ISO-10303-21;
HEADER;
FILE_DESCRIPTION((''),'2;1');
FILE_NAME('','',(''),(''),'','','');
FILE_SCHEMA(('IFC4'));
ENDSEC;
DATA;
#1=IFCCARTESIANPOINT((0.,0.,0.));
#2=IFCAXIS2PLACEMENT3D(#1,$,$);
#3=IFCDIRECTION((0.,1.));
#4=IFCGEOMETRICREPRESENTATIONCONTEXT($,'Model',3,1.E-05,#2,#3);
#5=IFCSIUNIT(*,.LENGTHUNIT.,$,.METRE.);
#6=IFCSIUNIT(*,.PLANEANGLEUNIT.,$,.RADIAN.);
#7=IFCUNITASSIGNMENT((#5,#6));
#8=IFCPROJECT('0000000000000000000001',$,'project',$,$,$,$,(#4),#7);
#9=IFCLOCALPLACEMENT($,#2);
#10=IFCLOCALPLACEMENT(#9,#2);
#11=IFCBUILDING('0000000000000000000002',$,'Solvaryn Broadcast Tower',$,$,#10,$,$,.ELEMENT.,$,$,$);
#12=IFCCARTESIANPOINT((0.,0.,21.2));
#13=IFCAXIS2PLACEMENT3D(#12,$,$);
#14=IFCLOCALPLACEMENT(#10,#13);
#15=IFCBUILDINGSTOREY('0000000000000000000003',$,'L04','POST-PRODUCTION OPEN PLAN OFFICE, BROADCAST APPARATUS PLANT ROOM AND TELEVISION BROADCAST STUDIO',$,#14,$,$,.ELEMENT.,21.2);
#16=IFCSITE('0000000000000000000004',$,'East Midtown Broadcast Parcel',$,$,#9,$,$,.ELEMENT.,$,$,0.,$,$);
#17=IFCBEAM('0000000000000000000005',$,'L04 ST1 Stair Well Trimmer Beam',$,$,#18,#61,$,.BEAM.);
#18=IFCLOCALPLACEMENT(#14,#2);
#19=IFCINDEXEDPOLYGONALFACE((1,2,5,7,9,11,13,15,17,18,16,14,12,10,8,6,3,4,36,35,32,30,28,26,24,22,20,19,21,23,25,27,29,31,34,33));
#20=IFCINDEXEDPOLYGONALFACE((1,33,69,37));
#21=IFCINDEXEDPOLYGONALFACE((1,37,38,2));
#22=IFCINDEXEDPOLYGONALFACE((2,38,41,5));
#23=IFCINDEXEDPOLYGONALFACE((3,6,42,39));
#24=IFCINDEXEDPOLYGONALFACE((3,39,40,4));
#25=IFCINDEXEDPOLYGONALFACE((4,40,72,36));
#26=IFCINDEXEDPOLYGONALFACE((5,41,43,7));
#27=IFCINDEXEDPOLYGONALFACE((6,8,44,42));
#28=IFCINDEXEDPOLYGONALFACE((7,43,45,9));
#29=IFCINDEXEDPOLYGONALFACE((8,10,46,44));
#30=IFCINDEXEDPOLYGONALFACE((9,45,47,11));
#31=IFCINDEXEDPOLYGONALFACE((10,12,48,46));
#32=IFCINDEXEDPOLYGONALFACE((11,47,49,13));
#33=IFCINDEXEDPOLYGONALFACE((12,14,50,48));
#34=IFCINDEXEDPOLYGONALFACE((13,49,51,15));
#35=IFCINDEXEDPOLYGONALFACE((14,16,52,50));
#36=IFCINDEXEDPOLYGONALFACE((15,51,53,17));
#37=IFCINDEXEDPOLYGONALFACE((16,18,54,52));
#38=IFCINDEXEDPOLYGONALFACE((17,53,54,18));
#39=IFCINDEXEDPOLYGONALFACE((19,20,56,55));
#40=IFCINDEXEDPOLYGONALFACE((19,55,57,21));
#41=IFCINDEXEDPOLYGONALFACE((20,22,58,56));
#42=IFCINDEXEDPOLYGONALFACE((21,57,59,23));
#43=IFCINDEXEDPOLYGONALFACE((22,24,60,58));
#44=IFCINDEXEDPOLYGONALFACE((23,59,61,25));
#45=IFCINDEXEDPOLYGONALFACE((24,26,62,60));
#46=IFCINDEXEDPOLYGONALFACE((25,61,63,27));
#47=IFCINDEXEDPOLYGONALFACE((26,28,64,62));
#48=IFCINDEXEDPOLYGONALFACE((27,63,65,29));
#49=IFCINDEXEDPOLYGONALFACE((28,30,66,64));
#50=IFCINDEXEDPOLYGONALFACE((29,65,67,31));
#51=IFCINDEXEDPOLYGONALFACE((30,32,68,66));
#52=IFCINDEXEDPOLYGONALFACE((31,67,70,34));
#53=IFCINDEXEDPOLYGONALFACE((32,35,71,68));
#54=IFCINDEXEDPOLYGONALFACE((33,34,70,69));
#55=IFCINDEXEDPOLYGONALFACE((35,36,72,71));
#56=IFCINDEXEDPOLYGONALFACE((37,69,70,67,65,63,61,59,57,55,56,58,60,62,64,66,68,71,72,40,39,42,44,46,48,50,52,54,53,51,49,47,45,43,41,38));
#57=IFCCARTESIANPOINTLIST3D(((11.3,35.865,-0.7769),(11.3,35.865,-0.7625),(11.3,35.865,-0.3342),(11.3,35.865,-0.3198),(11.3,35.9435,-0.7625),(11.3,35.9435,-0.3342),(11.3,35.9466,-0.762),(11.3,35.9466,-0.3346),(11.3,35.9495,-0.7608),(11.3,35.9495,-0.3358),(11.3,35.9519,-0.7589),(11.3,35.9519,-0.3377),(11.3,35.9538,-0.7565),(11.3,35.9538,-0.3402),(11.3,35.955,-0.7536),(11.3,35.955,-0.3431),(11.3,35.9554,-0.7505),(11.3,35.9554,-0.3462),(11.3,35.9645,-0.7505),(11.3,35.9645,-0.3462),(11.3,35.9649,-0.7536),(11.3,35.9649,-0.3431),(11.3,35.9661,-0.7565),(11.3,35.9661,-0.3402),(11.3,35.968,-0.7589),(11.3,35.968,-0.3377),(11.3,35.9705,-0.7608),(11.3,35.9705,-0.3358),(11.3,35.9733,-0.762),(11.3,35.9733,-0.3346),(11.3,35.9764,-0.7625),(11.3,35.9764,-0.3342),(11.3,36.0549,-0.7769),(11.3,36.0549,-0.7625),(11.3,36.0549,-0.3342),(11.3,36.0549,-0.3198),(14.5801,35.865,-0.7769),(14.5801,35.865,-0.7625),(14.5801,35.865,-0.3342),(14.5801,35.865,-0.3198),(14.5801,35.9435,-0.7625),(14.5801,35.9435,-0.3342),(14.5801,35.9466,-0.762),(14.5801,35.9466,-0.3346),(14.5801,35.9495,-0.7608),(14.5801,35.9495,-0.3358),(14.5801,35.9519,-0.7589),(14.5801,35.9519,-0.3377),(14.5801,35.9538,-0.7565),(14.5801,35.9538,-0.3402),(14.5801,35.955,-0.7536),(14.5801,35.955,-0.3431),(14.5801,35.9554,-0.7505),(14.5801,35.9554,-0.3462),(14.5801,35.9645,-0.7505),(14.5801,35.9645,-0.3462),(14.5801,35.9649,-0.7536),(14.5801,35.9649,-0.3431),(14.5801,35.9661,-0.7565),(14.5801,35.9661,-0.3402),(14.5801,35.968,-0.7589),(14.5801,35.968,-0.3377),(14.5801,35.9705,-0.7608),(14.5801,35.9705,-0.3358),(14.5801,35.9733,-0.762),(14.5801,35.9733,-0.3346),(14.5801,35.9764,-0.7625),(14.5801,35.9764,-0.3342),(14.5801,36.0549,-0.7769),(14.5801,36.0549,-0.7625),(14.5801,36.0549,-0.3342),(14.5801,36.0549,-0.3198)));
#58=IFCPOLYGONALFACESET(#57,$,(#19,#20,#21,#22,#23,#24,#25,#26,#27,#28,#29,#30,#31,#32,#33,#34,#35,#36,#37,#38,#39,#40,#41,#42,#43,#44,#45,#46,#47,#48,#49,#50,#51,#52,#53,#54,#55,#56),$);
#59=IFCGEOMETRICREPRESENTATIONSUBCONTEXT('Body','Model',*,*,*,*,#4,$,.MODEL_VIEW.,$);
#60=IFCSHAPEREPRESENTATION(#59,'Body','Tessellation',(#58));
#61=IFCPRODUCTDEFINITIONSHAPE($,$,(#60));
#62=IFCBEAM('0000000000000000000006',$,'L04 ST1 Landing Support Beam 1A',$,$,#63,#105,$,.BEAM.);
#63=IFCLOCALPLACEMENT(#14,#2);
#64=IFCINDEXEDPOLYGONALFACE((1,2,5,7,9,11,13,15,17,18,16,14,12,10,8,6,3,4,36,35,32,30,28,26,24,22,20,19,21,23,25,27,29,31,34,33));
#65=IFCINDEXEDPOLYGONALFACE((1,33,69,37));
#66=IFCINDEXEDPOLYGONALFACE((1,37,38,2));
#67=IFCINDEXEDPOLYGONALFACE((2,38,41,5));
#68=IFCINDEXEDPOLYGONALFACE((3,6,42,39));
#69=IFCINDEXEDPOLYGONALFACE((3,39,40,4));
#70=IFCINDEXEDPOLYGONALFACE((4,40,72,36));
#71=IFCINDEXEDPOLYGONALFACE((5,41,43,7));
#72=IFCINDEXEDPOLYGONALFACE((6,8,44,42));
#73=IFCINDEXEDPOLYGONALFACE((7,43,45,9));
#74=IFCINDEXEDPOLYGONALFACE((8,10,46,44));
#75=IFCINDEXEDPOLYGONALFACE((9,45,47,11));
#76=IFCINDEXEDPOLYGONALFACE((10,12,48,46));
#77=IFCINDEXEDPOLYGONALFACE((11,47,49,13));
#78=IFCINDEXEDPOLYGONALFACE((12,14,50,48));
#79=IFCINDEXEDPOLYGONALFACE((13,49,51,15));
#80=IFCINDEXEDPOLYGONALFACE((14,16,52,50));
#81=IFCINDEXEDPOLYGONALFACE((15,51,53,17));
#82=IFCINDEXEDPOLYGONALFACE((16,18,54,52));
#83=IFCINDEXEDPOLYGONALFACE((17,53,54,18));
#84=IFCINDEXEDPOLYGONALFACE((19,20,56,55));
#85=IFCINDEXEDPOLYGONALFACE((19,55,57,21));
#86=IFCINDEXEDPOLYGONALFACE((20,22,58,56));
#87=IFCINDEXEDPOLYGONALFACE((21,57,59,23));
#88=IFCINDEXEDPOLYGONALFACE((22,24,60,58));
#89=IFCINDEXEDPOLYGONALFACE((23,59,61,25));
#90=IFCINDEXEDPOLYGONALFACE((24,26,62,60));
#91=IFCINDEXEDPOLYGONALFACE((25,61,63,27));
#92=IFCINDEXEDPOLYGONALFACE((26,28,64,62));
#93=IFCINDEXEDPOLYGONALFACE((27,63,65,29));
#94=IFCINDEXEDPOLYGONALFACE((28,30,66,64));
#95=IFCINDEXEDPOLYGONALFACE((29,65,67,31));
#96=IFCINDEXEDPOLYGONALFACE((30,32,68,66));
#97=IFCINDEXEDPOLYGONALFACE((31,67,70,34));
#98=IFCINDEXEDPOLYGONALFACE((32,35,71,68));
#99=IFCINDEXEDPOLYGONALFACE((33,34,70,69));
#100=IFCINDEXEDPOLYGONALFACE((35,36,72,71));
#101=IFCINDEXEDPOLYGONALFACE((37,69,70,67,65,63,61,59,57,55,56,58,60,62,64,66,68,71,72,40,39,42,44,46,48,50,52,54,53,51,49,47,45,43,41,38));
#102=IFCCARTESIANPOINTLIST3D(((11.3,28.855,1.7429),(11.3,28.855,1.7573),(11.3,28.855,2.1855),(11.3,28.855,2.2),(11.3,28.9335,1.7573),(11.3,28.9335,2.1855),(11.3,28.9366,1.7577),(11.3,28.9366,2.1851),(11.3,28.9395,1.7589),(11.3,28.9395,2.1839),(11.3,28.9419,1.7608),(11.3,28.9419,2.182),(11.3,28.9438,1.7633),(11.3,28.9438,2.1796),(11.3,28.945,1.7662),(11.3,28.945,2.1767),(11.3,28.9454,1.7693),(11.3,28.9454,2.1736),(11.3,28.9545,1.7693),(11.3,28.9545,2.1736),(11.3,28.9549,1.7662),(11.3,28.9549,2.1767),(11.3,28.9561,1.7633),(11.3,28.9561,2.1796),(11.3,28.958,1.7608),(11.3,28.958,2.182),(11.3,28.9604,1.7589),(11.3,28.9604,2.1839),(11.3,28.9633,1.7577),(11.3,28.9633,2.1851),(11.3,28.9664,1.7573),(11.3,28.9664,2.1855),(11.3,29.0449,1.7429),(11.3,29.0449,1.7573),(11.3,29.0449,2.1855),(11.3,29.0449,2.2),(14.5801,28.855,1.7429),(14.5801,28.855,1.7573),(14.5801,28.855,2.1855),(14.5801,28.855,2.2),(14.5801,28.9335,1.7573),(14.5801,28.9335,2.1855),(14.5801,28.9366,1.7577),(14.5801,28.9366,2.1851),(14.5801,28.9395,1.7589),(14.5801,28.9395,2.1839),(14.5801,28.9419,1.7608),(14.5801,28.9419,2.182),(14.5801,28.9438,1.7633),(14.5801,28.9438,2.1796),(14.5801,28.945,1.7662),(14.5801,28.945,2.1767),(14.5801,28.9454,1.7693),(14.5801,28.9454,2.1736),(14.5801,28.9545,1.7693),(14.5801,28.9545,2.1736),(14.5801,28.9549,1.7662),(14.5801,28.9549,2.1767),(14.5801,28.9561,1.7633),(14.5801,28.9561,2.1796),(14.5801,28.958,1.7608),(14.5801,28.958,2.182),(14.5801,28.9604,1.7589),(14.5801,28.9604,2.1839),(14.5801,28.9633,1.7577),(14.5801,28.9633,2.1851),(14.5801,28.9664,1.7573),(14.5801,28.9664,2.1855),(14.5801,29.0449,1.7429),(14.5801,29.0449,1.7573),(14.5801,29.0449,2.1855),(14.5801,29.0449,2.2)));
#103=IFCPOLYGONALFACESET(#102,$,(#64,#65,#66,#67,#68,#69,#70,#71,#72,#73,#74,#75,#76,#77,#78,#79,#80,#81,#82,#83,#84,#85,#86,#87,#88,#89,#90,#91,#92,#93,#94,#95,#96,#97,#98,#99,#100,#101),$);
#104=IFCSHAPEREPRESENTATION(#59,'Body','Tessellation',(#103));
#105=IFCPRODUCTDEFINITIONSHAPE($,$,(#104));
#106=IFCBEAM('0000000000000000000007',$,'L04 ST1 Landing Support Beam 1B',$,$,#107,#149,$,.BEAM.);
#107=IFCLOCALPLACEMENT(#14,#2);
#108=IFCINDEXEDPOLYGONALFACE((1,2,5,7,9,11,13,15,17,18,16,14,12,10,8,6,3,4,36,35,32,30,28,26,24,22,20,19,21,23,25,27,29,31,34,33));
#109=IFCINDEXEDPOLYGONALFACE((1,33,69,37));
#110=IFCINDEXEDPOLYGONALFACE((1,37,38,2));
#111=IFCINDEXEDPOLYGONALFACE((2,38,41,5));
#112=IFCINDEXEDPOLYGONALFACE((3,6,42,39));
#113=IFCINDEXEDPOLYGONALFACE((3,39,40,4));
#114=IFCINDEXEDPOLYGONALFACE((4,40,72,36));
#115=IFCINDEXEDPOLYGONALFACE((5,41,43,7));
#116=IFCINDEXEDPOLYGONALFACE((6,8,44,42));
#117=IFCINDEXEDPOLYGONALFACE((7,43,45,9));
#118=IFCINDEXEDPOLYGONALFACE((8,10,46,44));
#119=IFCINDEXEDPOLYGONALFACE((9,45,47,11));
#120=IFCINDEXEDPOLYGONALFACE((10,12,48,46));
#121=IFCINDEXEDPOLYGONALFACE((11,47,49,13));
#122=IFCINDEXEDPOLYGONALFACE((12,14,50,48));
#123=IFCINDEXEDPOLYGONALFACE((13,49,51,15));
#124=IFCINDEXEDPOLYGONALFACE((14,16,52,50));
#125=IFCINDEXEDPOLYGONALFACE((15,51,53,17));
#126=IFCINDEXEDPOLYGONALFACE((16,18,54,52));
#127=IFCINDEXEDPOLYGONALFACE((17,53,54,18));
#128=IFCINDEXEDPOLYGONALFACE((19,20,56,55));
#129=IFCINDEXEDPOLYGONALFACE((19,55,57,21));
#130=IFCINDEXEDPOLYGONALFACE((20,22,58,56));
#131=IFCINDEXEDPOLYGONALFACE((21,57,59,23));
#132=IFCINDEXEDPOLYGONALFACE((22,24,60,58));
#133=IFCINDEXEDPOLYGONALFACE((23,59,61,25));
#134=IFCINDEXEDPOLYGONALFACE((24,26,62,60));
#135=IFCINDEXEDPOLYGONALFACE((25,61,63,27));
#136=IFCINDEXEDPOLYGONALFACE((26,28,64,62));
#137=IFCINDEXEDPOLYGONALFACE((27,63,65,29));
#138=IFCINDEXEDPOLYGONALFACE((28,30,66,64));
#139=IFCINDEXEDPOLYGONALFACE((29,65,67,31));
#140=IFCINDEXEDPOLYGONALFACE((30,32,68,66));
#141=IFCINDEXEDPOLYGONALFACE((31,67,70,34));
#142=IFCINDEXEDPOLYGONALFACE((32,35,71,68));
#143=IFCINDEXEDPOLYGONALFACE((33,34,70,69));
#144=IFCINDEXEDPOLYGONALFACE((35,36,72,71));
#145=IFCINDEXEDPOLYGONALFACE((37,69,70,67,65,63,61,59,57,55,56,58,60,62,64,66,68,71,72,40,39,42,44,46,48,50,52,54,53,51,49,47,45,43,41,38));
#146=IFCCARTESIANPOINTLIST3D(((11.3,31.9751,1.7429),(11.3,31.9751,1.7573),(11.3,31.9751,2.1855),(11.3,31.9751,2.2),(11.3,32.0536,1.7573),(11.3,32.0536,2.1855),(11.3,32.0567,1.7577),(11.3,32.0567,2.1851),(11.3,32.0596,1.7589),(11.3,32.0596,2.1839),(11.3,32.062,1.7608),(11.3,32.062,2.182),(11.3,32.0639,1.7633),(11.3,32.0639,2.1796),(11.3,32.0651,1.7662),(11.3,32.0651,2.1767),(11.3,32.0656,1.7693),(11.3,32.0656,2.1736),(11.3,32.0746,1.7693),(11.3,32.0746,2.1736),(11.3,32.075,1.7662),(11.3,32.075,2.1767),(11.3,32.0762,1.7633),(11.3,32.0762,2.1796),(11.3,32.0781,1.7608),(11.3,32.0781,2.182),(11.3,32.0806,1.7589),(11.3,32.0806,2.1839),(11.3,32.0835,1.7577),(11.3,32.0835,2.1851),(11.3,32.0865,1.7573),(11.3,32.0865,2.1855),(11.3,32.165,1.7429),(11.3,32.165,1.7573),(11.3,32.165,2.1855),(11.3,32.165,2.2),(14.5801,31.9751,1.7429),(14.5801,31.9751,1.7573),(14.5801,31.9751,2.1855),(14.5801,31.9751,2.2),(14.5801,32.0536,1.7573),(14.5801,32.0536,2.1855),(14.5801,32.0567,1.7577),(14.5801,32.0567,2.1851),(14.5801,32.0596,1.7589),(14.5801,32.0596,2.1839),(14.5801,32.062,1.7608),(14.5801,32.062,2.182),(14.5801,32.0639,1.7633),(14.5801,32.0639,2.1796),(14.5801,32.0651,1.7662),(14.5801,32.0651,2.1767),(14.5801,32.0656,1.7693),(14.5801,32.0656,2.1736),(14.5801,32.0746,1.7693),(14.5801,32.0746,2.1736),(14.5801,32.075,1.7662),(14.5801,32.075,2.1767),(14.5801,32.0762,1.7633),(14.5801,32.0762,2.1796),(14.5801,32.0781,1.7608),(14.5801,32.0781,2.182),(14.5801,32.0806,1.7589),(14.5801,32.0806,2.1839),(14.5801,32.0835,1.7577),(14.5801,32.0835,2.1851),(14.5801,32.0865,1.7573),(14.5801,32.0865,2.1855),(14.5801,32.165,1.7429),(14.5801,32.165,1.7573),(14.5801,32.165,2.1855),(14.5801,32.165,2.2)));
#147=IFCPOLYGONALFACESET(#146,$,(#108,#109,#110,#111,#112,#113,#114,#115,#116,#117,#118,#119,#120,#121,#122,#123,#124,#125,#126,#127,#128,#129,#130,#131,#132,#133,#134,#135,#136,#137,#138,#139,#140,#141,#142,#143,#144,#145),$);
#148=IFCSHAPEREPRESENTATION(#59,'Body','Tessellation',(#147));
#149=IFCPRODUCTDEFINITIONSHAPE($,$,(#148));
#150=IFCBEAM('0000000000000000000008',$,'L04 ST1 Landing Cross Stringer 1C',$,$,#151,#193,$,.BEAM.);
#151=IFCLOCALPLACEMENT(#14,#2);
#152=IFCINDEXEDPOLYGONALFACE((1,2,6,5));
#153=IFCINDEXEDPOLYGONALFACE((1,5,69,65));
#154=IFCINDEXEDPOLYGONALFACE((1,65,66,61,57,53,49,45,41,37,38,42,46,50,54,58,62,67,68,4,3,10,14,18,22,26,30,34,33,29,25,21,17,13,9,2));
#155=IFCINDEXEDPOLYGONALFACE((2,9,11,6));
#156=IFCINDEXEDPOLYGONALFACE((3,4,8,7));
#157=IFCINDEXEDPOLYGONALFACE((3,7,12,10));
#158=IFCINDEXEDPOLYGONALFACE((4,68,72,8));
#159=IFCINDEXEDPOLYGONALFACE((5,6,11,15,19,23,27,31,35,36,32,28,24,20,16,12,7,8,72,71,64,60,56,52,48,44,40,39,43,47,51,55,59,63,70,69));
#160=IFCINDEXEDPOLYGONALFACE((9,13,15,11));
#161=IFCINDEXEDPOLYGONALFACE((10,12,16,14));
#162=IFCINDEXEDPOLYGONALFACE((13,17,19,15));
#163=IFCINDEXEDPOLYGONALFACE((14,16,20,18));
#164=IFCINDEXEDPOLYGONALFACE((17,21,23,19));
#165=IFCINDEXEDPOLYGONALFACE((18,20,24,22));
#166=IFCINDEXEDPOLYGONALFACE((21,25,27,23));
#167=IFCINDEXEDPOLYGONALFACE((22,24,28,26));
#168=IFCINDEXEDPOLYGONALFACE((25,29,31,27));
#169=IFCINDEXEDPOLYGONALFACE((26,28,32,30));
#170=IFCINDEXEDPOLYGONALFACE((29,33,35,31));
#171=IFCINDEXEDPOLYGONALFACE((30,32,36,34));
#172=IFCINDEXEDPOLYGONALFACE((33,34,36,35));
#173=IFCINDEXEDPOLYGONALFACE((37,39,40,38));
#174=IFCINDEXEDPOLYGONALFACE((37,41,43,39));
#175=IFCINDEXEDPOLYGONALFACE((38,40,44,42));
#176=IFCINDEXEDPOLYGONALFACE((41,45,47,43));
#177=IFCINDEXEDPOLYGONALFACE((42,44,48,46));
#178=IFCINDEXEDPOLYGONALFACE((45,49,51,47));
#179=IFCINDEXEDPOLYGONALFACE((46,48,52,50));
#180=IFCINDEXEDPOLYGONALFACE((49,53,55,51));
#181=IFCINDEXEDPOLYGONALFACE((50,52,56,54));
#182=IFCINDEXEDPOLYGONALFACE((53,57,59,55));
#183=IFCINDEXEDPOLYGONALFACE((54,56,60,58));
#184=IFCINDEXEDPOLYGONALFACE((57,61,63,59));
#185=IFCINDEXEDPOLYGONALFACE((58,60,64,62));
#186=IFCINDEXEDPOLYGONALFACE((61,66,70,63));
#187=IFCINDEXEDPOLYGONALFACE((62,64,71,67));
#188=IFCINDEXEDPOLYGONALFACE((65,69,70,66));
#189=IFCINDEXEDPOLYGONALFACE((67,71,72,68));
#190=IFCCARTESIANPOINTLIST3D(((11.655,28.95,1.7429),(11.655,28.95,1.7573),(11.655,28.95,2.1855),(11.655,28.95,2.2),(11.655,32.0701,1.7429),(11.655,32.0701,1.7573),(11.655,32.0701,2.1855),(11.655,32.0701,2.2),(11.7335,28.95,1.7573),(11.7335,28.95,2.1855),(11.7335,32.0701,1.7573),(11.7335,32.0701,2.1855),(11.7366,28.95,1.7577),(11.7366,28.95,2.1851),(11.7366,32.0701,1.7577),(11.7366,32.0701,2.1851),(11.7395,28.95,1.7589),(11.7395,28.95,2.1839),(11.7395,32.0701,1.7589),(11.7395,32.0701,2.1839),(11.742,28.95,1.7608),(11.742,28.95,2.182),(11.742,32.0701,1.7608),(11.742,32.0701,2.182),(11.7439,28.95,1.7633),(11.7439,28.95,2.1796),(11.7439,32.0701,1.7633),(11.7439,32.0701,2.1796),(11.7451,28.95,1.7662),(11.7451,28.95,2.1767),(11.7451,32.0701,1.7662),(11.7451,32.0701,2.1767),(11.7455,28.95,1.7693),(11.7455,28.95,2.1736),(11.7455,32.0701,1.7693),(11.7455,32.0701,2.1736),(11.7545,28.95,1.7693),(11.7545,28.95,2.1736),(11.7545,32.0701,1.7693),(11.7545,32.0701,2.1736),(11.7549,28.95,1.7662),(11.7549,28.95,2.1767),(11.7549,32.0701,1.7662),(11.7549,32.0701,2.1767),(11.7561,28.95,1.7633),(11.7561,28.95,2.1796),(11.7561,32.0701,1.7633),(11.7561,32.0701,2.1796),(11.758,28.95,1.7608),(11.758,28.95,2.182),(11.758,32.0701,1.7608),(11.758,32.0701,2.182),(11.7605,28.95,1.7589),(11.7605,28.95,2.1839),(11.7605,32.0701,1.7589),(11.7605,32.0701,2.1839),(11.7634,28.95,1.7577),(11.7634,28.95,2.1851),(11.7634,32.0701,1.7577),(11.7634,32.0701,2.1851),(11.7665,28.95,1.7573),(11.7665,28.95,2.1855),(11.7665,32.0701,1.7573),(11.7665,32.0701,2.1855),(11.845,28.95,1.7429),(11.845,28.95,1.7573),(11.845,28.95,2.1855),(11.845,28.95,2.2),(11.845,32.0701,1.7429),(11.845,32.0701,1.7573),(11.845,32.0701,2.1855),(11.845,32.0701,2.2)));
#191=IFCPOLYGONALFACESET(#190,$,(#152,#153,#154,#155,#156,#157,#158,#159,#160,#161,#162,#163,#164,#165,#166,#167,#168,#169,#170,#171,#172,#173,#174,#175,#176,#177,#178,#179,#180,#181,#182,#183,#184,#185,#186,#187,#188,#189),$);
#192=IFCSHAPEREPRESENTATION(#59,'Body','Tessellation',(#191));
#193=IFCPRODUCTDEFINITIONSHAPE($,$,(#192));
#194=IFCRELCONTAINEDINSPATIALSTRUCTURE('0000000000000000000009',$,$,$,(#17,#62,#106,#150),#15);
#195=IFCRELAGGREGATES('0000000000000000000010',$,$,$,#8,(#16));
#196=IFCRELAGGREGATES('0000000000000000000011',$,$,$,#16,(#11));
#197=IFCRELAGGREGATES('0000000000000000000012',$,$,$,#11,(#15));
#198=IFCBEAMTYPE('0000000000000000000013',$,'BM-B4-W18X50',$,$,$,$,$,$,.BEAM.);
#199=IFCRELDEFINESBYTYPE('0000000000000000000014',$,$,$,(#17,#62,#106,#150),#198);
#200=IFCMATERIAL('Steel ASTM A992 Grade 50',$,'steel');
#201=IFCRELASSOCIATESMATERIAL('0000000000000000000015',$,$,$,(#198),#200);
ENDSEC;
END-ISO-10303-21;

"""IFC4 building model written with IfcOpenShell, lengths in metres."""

from ifc_helpers import new_model, si_unit, direction, frame, origin, origin_2d, place, context, subcontext, project, spatial, i_section, extrude, material, material_profile, profile_set, type_object, element, save


model = new_model("IFC4")

# Units and contexts
model_context = context("Model", 3, precision=1e-05, world=origin(), true_north=direction((0.0, 1.0)))
body_context = subcontext(model_context, "Body", "Model", "MODEL_VIEW")
ifc_project = project(units=[si_unit("LENGTHUNIT", "METRE"), si_unit("PLANEANGLEUNIT", "RADIAN")], contexts=[model_context])

# Site, building, storey
site_placement = place(None, origin())
site = spatial("IfcSite", under=ifc_project, at=site_placement, Name="East Midtown Broadcast Parcel", CompositionType="ELEMENT", RefElevation=0.0)
building_placement = place(site_placement, origin())
building = spatial("IfcBuilding", under=site, at=building_placement, Name="Solvaryn Broadcast Tower", CompositionType="ELEMENT")
storey_placement = place(building_placement, frame((0.0, 0.0, 21.2)))
storey = spatial("IfcBuildingStorey", under=building, at=storey_placement, Name="L04", Description="POST-PRODUCTION OPEN PLAN OFFICE, BROADCAST APPARATUS PLANT ROOM AND TELEVISION BROADCAST STUDIO", CompositionType="ELEMENT", Elevation=21.2)

# Beams
ifc_material_1 = material(Name="Steel ASTM A992 Grade 50", Category="steel")
ifc_material_profile_1 = material_profile(ifc_material_1, i_section(OverallWidth=0.1899, OverallDepth=0.457, WebThickness=0.009, FlangeThickness=0.0144, FilletRadius=0.012, at=origin_2d()))
ifc_profile_set_1 = profile_set([ifc_material_profile_1], Name="Steel ASTM A992 Grade 50")
beam_type = type_object("IfcBeamType", Name="BM-B4-W18X50", PredefinedType="BEAM", material=ifc_profile_set_1)
for number, where, z_axis, x_axis, name in (
    (1, (11.3, 35.96, -0.5483), (1.0, 0.0, 0.0), (0.0, 1.0, 0.0), "L04 ST1 Stair Well Trimmer Beam"),
    (2, (11.3, 28.95, 1.9714), (1.0, 0.0, 0.0), (0.0, 1.0, 0.0), "L04 ST1 Landing Support Beam 1A"),
    (3, (11.3, 32.0701, 1.9714), (1.0, 0.0, 0.0), (0.0, 1.0, 0.0), "L04 ST1 Landing Support Beam 1B"),
):
    element("IfcBeam", number, at=place(storey_placement, frame(where, z_axis=z_axis, x_axis=x_axis)), inside=storey, type_object=beam_type, Name=name, PredefinedType="BEAM", context=body_context, shape_type="SweptSolid", body=[
        extrude(i_section(OverallWidth=0.1899, OverallDepth=0.457, WebThickness=0.009, FlangeThickness=0.0144, FilletRadius=0.012, at=origin_2d()), origin(), (0.0, 0.0, 1.0), 3.28),
    ])
beam_1_placement = place(storey_placement, frame((11.75, 28.95, 1.9714), z_axis=(0.0, 1.0, 0.0), x_axis=(-1.0, 0.0, 0.0)))
element("IfcBeam", 4, at=beam_1_placement, inside=storey, type_object=beam_type, Name="L04 ST1 Landing Cross Stringer 1C", PredefinedType="BEAM", context=body_context, shape_type="SweptSolid", body=[
    extrude(i_section(OverallWidth=0.1899, OverallDepth=0.457, WebThickness=0.009, FlangeThickness=0.0144, FilletRadius=0.012, at=origin_2d()), origin(), (0.0, 0.0, 1.0), 3.1201),
])

save(model, "model.ifc")
